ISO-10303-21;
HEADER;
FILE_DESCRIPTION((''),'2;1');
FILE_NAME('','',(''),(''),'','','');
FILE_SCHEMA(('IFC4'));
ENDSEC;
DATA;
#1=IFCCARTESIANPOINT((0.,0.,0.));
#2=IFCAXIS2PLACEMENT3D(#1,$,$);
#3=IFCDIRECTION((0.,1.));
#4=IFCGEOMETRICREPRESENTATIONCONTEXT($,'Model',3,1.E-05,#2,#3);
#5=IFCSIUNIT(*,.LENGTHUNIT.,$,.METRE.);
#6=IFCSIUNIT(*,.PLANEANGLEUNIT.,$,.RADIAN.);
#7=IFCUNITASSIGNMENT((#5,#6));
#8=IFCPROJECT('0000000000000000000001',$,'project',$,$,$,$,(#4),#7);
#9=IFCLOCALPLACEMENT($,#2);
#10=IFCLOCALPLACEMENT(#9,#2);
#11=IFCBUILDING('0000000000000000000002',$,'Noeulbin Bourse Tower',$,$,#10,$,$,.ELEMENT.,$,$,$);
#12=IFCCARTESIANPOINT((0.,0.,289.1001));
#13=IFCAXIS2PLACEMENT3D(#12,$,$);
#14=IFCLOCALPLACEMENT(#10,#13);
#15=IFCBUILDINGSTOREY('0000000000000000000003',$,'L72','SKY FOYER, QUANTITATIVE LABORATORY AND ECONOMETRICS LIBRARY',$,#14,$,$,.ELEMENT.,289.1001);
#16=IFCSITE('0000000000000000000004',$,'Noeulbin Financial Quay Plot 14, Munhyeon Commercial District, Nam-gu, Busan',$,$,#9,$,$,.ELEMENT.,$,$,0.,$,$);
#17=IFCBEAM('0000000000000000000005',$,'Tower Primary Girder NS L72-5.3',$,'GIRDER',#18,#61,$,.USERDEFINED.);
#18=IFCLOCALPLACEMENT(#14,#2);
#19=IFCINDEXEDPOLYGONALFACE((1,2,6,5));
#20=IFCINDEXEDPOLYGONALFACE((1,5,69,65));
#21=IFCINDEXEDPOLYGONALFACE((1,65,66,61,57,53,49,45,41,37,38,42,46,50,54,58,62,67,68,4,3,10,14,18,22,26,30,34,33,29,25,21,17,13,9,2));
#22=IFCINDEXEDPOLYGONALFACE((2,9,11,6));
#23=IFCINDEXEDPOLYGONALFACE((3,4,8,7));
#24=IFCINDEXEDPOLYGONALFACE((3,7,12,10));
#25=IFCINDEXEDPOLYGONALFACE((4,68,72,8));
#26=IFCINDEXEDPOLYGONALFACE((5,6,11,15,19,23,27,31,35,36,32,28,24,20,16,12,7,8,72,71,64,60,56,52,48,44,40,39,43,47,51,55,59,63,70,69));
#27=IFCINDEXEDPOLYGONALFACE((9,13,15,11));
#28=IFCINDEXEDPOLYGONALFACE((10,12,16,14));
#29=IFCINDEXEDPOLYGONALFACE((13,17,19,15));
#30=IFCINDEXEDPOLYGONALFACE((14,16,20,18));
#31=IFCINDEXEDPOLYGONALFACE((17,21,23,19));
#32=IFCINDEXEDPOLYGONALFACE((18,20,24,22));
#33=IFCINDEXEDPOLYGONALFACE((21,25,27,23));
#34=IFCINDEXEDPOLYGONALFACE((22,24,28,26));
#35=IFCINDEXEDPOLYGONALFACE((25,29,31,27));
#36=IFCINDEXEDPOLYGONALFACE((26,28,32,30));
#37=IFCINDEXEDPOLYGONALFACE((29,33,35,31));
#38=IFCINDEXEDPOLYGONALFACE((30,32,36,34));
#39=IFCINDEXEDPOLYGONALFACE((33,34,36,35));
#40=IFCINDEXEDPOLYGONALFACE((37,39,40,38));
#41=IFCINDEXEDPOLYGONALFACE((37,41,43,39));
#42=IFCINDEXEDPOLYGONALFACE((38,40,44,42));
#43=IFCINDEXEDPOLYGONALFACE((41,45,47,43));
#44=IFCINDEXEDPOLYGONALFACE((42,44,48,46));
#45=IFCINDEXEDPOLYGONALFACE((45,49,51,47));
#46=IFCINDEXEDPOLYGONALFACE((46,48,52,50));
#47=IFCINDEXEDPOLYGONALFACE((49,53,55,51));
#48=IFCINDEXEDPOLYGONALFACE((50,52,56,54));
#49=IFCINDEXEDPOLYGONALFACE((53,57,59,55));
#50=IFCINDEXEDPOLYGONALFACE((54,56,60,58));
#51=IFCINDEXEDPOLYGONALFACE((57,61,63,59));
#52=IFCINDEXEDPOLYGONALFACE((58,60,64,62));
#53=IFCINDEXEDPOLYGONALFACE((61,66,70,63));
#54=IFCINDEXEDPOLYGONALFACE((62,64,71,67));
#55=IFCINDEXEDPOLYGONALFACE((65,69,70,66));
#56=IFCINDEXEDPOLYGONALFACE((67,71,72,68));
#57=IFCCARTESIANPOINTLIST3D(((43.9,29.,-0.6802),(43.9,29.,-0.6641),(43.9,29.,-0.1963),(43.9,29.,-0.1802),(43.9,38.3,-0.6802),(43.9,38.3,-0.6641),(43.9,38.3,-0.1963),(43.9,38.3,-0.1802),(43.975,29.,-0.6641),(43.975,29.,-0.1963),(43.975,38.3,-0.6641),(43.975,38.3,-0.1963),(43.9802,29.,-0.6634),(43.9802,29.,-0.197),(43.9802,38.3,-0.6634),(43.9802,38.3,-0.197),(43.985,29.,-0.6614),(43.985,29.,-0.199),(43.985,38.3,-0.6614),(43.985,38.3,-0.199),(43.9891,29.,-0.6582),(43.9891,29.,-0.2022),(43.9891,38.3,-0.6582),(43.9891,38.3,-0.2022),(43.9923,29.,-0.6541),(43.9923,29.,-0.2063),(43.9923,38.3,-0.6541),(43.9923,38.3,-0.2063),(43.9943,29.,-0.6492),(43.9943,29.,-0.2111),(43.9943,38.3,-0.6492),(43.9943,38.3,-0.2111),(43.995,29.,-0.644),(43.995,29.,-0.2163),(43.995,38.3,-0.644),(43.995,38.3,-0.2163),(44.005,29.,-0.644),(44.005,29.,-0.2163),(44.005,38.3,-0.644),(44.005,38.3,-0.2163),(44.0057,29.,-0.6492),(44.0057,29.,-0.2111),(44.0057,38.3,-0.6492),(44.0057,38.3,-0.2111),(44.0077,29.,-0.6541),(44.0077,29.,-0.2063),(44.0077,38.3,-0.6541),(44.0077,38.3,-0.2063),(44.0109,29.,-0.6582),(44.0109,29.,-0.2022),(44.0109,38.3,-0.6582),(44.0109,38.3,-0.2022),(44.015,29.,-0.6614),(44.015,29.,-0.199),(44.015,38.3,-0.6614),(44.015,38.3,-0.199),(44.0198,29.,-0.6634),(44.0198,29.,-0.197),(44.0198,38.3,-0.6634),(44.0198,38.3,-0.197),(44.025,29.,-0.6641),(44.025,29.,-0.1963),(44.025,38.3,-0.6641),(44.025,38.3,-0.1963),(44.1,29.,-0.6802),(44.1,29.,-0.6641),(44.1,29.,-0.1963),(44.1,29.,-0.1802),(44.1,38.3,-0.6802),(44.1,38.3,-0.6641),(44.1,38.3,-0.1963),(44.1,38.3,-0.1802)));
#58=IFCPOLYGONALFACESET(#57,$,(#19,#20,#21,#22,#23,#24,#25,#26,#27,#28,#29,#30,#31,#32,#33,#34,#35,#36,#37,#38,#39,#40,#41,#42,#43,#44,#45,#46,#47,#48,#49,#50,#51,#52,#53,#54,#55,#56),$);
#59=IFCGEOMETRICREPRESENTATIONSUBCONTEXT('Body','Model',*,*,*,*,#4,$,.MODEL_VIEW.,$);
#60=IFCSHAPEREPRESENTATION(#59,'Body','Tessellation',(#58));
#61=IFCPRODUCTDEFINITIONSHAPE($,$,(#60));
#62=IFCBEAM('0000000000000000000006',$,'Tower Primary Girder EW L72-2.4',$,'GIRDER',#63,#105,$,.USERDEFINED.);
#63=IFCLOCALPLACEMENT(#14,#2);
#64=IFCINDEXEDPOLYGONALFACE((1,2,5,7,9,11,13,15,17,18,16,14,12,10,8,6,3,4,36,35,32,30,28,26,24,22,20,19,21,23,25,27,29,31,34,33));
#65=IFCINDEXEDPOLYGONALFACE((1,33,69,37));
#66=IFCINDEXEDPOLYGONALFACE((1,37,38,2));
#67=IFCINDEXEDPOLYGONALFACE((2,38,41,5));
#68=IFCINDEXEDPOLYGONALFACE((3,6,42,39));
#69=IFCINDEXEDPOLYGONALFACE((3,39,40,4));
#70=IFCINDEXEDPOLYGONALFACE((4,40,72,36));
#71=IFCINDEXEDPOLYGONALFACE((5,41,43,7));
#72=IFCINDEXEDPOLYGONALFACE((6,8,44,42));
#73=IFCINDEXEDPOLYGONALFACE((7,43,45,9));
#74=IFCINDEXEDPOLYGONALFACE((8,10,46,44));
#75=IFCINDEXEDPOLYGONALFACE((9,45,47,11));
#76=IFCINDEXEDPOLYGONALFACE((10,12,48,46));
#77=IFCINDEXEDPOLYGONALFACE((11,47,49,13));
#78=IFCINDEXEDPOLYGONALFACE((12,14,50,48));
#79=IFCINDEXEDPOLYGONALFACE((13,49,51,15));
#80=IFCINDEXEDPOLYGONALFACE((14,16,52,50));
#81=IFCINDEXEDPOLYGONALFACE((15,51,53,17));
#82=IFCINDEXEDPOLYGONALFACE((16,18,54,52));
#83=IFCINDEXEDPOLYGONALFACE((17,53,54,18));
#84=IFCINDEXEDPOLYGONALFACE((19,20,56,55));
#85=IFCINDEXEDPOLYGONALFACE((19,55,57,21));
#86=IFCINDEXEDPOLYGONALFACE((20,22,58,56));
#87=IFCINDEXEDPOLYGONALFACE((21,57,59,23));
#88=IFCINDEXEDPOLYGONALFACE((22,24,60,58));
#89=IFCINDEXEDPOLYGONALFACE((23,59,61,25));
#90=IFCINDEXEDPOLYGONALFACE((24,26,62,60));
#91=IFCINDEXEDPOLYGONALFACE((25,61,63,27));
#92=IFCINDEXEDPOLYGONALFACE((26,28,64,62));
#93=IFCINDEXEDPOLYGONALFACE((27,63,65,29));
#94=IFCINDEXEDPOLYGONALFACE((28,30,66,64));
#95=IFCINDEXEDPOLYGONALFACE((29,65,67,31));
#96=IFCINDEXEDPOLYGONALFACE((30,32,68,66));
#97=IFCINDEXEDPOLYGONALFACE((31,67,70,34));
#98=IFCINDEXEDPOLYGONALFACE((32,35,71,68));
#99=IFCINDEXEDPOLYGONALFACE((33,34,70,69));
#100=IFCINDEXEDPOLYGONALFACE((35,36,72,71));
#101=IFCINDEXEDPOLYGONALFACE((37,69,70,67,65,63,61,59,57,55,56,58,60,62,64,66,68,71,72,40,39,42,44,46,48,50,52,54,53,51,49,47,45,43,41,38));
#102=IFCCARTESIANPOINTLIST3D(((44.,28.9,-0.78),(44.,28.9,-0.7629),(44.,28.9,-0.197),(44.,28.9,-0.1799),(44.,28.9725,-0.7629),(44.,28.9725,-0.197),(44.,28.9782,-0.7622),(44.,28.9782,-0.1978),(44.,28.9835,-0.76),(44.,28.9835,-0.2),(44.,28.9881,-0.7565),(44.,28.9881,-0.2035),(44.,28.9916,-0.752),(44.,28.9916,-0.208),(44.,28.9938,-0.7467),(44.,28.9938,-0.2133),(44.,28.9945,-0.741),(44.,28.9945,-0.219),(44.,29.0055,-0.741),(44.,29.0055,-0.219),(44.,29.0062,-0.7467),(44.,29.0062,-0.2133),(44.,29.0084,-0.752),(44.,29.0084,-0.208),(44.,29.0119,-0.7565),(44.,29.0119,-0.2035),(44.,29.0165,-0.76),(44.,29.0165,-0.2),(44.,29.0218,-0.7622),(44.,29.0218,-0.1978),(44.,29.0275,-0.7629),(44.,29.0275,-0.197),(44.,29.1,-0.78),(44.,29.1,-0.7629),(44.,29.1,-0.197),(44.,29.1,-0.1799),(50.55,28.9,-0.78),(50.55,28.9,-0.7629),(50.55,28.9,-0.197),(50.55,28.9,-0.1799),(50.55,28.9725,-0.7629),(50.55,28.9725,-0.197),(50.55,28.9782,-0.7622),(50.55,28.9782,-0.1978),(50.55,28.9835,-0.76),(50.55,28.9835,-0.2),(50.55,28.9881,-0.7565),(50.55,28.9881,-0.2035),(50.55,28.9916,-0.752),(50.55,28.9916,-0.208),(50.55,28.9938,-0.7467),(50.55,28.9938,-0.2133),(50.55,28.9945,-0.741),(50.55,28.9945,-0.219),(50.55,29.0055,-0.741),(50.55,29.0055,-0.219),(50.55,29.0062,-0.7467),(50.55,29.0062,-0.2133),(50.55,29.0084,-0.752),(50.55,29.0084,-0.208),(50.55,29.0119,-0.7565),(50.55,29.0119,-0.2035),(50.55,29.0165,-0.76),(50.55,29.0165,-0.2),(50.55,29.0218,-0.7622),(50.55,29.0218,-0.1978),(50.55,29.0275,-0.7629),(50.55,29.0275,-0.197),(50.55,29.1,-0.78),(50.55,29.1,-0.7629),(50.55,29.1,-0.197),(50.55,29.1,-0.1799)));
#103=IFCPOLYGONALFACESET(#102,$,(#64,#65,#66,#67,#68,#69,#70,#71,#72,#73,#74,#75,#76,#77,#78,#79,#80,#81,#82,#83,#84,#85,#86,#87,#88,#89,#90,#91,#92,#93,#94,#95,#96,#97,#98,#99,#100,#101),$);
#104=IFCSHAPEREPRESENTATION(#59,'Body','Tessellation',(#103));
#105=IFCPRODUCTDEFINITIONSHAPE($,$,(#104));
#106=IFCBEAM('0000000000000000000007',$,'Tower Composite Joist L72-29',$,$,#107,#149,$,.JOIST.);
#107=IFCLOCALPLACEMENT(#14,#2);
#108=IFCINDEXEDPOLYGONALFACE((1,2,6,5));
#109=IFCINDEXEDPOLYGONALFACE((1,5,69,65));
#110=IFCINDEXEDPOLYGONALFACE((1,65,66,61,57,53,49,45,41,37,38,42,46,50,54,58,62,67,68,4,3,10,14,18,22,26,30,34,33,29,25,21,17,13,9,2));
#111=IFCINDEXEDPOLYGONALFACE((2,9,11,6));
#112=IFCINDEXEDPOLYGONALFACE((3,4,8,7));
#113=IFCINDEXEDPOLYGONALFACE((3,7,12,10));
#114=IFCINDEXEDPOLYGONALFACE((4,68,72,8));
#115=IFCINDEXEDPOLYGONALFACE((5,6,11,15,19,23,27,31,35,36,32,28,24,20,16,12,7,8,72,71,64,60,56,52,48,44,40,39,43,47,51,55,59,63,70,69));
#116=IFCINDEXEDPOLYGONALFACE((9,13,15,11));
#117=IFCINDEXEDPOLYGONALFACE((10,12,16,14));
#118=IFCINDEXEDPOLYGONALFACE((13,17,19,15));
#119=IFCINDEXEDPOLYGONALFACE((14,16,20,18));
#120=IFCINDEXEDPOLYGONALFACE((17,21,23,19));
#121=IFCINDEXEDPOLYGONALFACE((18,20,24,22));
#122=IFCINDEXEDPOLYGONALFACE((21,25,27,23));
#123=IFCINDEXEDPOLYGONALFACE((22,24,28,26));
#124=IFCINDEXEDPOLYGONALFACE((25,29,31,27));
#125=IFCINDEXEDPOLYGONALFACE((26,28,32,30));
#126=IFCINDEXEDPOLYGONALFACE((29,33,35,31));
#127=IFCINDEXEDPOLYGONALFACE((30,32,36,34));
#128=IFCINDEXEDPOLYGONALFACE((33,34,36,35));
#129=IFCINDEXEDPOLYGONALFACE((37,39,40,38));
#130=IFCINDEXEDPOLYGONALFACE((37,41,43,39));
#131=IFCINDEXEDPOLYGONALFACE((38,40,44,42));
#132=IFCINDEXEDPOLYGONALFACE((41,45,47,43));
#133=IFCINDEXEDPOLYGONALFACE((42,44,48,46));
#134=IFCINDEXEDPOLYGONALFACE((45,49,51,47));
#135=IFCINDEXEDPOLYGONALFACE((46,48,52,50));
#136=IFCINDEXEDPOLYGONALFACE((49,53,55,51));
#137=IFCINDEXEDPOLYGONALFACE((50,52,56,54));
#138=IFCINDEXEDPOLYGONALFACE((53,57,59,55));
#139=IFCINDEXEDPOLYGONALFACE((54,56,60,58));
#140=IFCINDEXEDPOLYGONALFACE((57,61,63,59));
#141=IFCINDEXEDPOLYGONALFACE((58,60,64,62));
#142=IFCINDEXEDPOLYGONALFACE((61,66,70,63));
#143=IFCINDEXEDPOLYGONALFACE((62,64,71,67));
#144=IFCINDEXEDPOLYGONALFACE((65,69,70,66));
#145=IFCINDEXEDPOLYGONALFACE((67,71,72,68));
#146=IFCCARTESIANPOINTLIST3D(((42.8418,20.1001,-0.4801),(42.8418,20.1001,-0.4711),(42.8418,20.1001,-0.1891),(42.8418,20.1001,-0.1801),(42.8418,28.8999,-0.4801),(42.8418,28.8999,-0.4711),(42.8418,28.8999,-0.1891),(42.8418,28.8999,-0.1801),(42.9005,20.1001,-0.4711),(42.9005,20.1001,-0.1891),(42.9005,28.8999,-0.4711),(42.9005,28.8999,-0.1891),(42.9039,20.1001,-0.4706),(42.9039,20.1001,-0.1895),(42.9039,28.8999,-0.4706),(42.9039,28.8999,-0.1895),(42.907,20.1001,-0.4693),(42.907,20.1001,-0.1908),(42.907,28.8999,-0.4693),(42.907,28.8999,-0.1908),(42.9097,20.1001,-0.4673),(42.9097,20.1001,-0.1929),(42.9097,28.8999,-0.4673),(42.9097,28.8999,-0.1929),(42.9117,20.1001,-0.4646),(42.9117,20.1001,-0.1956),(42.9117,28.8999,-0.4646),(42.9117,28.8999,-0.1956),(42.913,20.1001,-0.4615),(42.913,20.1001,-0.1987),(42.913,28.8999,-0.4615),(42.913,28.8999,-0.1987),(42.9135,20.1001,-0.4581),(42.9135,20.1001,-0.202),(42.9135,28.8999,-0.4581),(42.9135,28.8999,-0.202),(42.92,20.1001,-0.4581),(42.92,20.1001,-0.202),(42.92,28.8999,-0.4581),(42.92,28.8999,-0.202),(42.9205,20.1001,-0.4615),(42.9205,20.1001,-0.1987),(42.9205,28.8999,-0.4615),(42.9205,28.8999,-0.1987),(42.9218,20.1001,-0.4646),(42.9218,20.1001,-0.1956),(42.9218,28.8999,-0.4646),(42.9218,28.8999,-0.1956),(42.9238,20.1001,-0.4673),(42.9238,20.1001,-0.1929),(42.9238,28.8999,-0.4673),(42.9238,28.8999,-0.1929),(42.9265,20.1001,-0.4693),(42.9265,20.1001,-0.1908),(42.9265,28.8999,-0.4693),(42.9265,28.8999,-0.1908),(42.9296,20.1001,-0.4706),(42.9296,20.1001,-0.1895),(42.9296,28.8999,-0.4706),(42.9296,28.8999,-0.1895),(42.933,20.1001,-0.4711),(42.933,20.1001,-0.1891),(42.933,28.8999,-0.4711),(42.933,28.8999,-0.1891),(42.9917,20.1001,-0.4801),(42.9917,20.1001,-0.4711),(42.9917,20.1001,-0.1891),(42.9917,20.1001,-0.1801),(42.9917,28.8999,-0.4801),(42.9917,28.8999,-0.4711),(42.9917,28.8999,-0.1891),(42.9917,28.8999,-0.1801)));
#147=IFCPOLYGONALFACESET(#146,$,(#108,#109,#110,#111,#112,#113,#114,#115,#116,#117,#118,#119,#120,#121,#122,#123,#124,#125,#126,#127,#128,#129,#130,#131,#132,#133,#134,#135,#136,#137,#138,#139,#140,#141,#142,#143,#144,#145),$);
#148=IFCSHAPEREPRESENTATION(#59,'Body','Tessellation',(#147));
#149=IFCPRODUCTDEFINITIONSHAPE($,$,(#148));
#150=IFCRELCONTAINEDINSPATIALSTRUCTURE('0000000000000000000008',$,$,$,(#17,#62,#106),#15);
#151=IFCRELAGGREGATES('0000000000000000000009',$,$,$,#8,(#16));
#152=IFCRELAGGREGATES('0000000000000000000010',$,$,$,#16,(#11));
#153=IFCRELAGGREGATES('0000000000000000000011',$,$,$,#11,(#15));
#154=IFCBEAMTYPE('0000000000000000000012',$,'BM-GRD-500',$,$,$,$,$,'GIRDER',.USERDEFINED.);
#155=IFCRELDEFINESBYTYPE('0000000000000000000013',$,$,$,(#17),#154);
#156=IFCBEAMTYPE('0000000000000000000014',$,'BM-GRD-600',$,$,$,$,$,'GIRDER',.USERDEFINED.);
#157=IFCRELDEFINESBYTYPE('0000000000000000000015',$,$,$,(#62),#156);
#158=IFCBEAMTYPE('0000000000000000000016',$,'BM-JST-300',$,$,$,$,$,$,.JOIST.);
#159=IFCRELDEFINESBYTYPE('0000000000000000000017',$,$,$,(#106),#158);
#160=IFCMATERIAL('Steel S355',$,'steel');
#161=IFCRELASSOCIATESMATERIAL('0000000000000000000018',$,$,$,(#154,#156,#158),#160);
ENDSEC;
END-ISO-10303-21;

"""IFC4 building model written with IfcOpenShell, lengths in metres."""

from ifc_helpers import new_model, si_unit, direction, frame, origin, origin_2d, place, context, subcontext, project, spatial, i_section, extrude, material, material_profile, profile_set, type_object, element, save


model = new_model("IFC4")

# Units and contexts
model_context = context("Model", 3, precision=1e-05, world=origin(), true_north=direction((0.0, 1.0)))
body_context = subcontext(model_context, "Body", "Model", "MODEL_VIEW")
ifc_project = project(units=[si_unit("LENGTHUNIT", "METRE"), si_unit("PLANEANGLEUNIT", "RADIAN")], contexts=[model_context])

# Site, building, storey
site_placement = place(None, origin())
site = spatial("IfcSite", under=ifc_project, at=site_placement, Name="Noeulbin Financial Quay Plot 14, Munhyeon Commercial District, Nam-gu, Busan", CompositionType="ELEMENT", RefElevation=0.0)
building_placement = place(site_placement, origin())
building = spatial("IfcBuilding", under=site, at=building_placement, Name="Noeulbin Bourse Tower", CompositionType="ELEMENT")
storey_placement = place(building_placement, frame((0.0, 0.0, 289.1001)))
storey = spatial("IfcBuildingStorey", under=building, at=storey_placement, Name="L72", Description="SKY FOYER, QUANTITATIVE LABORATORY AND ECONOMETRICS LIBRARY", CompositionType="ELEMENT", Elevation=289.1001)

# Shared definitions
ifc_material_1 = material(Name="Steel S355", Category="steel")

# Beams
ifc_material_profile_1 = material_profile(ifc_material_1, i_section(OverallWidth=0.2, OverallDepth=0.5, WebThickness=0.01, FlangeThickness=0.0161, FilletRadius=0.02, at=origin_2d()), Name="H-500x200x10x16", Category="LoadBearing")
ifc_profile_set_1 = profile_set([ifc_material_profile_1], Name="Steel S355")
beam_type_1 = type_object("IfcBeamType", Name="BM-GRD-500", ElementType="GIRDER", PredefinedType="USERDEFINED", material=ifc_profile_set_1)
beam_1_placement = place(storey_placement, frame((44.0, 29.0, -0.4302), z_axis=(0.0, 1.0, 0.0), x_axis=(-1.0, 0.0, 0.0)))
element("IfcBeam", 1, at=beam_1_placement, inside=storey, type_object=beam_type_1, Name="Tower Primary Girder NS L72-5.3", ObjectType="GIRDER", PredefinedType="USERDEFINED", context=body_context, shape_type="SweptSolid", body=[
    extrude(i_section(OverallWidth=0.2, OverallDepth=0.5, WebThickness=0.01, FlangeThickness=0.0161, FilletRadius=0.02, at=origin_2d()), origin(), (0.0, 0.0, 1.0), 9.3),
])
ifc_material_profile_2 = material_profile(ifc_material_1, i_section(OverallWidth=0.2, OverallDepth=0.6001, WebThickness=0.011, FlangeThickness=0.0171, FilletRadius=0.022, at=origin_2d()), Name="H-600x200x11x17", Category="LoadBearing")
ifc_profile_set_2 = profile_set([ifc_material_profile_2], Name="Steel S355")
beam_type_2 = type_object("IfcBeamType", Name="BM-GRD-600", ElementType="GIRDER", PredefinedType="USERDEFINED", material=ifc_profile_set_2)
beam_2_placement = place(storey_placement, frame((44.0, 29.0, -0.48), z_axis=(1.0, 0.0, 0.0), x_axis=(0.0, 1.0, 0.0)))
element("IfcBeam", 2, at=beam_2_placement, inside=storey, type_object=beam_type_2, Name="Tower Primary Girder EW L72-2.4", ObjectType="GIRDER", PredefinedType="USERDEFINED", context=body_context, shape_type="SweptSolid", body=[
    extrude(i_section(OverallWidth=0.2, OverallDepth=0.6001, WebThickness=0.011, FlangeThickness=0.0171, FilletRadius=0.022, at=origin_2d()), origin(), (0.0, 0.0, 1.0), 6.55),
])
ifc_material_profile_3 = material_profile(ifc_material_1, i_section(OverallWidth=0.1499, OverallDepth=0.3, WebThickness=0.0066, FlangeThickness=0.009, FilletRadius=0.0129, at=origin_2d()), Name="H-300x150x6.5x9", Category="LoadBearing")
ifc_profile_set_3 = profile_set([ifc_material_profile_3], Name="Steel S355")
beam_type_3 = type_object("IfcBeamType", Name="BM-JST-300", PredefinedType="JOIST", material=ifc_profile_set_3)
beam_3_placement = place(storey_placement, frame((42.9167, 20.1001, -0.3301), z_axis=(0.0, 1.0, 0.0), x_axis=(-1.0, 0.0, 0.0)))
element("IfcBeam", 3, at=beam_3_placement, inside=storey, type_object=beam_type_3, Name="Tower Composite Joist L72-29", PredefinedType="JOIST", context=body_context, shape_type="SweptSolid", body=[
    extrude(i_section(OverallWidth=0.1499, OverallDepth=0.3, WebThickness=0.0066, FlangeThickness=0.009, FilletRadius=0.0129, at=origin_2d()), origin(), (0.0, 0.0, 1.0), 8.7998),
])

save(model, "model.ifc")
